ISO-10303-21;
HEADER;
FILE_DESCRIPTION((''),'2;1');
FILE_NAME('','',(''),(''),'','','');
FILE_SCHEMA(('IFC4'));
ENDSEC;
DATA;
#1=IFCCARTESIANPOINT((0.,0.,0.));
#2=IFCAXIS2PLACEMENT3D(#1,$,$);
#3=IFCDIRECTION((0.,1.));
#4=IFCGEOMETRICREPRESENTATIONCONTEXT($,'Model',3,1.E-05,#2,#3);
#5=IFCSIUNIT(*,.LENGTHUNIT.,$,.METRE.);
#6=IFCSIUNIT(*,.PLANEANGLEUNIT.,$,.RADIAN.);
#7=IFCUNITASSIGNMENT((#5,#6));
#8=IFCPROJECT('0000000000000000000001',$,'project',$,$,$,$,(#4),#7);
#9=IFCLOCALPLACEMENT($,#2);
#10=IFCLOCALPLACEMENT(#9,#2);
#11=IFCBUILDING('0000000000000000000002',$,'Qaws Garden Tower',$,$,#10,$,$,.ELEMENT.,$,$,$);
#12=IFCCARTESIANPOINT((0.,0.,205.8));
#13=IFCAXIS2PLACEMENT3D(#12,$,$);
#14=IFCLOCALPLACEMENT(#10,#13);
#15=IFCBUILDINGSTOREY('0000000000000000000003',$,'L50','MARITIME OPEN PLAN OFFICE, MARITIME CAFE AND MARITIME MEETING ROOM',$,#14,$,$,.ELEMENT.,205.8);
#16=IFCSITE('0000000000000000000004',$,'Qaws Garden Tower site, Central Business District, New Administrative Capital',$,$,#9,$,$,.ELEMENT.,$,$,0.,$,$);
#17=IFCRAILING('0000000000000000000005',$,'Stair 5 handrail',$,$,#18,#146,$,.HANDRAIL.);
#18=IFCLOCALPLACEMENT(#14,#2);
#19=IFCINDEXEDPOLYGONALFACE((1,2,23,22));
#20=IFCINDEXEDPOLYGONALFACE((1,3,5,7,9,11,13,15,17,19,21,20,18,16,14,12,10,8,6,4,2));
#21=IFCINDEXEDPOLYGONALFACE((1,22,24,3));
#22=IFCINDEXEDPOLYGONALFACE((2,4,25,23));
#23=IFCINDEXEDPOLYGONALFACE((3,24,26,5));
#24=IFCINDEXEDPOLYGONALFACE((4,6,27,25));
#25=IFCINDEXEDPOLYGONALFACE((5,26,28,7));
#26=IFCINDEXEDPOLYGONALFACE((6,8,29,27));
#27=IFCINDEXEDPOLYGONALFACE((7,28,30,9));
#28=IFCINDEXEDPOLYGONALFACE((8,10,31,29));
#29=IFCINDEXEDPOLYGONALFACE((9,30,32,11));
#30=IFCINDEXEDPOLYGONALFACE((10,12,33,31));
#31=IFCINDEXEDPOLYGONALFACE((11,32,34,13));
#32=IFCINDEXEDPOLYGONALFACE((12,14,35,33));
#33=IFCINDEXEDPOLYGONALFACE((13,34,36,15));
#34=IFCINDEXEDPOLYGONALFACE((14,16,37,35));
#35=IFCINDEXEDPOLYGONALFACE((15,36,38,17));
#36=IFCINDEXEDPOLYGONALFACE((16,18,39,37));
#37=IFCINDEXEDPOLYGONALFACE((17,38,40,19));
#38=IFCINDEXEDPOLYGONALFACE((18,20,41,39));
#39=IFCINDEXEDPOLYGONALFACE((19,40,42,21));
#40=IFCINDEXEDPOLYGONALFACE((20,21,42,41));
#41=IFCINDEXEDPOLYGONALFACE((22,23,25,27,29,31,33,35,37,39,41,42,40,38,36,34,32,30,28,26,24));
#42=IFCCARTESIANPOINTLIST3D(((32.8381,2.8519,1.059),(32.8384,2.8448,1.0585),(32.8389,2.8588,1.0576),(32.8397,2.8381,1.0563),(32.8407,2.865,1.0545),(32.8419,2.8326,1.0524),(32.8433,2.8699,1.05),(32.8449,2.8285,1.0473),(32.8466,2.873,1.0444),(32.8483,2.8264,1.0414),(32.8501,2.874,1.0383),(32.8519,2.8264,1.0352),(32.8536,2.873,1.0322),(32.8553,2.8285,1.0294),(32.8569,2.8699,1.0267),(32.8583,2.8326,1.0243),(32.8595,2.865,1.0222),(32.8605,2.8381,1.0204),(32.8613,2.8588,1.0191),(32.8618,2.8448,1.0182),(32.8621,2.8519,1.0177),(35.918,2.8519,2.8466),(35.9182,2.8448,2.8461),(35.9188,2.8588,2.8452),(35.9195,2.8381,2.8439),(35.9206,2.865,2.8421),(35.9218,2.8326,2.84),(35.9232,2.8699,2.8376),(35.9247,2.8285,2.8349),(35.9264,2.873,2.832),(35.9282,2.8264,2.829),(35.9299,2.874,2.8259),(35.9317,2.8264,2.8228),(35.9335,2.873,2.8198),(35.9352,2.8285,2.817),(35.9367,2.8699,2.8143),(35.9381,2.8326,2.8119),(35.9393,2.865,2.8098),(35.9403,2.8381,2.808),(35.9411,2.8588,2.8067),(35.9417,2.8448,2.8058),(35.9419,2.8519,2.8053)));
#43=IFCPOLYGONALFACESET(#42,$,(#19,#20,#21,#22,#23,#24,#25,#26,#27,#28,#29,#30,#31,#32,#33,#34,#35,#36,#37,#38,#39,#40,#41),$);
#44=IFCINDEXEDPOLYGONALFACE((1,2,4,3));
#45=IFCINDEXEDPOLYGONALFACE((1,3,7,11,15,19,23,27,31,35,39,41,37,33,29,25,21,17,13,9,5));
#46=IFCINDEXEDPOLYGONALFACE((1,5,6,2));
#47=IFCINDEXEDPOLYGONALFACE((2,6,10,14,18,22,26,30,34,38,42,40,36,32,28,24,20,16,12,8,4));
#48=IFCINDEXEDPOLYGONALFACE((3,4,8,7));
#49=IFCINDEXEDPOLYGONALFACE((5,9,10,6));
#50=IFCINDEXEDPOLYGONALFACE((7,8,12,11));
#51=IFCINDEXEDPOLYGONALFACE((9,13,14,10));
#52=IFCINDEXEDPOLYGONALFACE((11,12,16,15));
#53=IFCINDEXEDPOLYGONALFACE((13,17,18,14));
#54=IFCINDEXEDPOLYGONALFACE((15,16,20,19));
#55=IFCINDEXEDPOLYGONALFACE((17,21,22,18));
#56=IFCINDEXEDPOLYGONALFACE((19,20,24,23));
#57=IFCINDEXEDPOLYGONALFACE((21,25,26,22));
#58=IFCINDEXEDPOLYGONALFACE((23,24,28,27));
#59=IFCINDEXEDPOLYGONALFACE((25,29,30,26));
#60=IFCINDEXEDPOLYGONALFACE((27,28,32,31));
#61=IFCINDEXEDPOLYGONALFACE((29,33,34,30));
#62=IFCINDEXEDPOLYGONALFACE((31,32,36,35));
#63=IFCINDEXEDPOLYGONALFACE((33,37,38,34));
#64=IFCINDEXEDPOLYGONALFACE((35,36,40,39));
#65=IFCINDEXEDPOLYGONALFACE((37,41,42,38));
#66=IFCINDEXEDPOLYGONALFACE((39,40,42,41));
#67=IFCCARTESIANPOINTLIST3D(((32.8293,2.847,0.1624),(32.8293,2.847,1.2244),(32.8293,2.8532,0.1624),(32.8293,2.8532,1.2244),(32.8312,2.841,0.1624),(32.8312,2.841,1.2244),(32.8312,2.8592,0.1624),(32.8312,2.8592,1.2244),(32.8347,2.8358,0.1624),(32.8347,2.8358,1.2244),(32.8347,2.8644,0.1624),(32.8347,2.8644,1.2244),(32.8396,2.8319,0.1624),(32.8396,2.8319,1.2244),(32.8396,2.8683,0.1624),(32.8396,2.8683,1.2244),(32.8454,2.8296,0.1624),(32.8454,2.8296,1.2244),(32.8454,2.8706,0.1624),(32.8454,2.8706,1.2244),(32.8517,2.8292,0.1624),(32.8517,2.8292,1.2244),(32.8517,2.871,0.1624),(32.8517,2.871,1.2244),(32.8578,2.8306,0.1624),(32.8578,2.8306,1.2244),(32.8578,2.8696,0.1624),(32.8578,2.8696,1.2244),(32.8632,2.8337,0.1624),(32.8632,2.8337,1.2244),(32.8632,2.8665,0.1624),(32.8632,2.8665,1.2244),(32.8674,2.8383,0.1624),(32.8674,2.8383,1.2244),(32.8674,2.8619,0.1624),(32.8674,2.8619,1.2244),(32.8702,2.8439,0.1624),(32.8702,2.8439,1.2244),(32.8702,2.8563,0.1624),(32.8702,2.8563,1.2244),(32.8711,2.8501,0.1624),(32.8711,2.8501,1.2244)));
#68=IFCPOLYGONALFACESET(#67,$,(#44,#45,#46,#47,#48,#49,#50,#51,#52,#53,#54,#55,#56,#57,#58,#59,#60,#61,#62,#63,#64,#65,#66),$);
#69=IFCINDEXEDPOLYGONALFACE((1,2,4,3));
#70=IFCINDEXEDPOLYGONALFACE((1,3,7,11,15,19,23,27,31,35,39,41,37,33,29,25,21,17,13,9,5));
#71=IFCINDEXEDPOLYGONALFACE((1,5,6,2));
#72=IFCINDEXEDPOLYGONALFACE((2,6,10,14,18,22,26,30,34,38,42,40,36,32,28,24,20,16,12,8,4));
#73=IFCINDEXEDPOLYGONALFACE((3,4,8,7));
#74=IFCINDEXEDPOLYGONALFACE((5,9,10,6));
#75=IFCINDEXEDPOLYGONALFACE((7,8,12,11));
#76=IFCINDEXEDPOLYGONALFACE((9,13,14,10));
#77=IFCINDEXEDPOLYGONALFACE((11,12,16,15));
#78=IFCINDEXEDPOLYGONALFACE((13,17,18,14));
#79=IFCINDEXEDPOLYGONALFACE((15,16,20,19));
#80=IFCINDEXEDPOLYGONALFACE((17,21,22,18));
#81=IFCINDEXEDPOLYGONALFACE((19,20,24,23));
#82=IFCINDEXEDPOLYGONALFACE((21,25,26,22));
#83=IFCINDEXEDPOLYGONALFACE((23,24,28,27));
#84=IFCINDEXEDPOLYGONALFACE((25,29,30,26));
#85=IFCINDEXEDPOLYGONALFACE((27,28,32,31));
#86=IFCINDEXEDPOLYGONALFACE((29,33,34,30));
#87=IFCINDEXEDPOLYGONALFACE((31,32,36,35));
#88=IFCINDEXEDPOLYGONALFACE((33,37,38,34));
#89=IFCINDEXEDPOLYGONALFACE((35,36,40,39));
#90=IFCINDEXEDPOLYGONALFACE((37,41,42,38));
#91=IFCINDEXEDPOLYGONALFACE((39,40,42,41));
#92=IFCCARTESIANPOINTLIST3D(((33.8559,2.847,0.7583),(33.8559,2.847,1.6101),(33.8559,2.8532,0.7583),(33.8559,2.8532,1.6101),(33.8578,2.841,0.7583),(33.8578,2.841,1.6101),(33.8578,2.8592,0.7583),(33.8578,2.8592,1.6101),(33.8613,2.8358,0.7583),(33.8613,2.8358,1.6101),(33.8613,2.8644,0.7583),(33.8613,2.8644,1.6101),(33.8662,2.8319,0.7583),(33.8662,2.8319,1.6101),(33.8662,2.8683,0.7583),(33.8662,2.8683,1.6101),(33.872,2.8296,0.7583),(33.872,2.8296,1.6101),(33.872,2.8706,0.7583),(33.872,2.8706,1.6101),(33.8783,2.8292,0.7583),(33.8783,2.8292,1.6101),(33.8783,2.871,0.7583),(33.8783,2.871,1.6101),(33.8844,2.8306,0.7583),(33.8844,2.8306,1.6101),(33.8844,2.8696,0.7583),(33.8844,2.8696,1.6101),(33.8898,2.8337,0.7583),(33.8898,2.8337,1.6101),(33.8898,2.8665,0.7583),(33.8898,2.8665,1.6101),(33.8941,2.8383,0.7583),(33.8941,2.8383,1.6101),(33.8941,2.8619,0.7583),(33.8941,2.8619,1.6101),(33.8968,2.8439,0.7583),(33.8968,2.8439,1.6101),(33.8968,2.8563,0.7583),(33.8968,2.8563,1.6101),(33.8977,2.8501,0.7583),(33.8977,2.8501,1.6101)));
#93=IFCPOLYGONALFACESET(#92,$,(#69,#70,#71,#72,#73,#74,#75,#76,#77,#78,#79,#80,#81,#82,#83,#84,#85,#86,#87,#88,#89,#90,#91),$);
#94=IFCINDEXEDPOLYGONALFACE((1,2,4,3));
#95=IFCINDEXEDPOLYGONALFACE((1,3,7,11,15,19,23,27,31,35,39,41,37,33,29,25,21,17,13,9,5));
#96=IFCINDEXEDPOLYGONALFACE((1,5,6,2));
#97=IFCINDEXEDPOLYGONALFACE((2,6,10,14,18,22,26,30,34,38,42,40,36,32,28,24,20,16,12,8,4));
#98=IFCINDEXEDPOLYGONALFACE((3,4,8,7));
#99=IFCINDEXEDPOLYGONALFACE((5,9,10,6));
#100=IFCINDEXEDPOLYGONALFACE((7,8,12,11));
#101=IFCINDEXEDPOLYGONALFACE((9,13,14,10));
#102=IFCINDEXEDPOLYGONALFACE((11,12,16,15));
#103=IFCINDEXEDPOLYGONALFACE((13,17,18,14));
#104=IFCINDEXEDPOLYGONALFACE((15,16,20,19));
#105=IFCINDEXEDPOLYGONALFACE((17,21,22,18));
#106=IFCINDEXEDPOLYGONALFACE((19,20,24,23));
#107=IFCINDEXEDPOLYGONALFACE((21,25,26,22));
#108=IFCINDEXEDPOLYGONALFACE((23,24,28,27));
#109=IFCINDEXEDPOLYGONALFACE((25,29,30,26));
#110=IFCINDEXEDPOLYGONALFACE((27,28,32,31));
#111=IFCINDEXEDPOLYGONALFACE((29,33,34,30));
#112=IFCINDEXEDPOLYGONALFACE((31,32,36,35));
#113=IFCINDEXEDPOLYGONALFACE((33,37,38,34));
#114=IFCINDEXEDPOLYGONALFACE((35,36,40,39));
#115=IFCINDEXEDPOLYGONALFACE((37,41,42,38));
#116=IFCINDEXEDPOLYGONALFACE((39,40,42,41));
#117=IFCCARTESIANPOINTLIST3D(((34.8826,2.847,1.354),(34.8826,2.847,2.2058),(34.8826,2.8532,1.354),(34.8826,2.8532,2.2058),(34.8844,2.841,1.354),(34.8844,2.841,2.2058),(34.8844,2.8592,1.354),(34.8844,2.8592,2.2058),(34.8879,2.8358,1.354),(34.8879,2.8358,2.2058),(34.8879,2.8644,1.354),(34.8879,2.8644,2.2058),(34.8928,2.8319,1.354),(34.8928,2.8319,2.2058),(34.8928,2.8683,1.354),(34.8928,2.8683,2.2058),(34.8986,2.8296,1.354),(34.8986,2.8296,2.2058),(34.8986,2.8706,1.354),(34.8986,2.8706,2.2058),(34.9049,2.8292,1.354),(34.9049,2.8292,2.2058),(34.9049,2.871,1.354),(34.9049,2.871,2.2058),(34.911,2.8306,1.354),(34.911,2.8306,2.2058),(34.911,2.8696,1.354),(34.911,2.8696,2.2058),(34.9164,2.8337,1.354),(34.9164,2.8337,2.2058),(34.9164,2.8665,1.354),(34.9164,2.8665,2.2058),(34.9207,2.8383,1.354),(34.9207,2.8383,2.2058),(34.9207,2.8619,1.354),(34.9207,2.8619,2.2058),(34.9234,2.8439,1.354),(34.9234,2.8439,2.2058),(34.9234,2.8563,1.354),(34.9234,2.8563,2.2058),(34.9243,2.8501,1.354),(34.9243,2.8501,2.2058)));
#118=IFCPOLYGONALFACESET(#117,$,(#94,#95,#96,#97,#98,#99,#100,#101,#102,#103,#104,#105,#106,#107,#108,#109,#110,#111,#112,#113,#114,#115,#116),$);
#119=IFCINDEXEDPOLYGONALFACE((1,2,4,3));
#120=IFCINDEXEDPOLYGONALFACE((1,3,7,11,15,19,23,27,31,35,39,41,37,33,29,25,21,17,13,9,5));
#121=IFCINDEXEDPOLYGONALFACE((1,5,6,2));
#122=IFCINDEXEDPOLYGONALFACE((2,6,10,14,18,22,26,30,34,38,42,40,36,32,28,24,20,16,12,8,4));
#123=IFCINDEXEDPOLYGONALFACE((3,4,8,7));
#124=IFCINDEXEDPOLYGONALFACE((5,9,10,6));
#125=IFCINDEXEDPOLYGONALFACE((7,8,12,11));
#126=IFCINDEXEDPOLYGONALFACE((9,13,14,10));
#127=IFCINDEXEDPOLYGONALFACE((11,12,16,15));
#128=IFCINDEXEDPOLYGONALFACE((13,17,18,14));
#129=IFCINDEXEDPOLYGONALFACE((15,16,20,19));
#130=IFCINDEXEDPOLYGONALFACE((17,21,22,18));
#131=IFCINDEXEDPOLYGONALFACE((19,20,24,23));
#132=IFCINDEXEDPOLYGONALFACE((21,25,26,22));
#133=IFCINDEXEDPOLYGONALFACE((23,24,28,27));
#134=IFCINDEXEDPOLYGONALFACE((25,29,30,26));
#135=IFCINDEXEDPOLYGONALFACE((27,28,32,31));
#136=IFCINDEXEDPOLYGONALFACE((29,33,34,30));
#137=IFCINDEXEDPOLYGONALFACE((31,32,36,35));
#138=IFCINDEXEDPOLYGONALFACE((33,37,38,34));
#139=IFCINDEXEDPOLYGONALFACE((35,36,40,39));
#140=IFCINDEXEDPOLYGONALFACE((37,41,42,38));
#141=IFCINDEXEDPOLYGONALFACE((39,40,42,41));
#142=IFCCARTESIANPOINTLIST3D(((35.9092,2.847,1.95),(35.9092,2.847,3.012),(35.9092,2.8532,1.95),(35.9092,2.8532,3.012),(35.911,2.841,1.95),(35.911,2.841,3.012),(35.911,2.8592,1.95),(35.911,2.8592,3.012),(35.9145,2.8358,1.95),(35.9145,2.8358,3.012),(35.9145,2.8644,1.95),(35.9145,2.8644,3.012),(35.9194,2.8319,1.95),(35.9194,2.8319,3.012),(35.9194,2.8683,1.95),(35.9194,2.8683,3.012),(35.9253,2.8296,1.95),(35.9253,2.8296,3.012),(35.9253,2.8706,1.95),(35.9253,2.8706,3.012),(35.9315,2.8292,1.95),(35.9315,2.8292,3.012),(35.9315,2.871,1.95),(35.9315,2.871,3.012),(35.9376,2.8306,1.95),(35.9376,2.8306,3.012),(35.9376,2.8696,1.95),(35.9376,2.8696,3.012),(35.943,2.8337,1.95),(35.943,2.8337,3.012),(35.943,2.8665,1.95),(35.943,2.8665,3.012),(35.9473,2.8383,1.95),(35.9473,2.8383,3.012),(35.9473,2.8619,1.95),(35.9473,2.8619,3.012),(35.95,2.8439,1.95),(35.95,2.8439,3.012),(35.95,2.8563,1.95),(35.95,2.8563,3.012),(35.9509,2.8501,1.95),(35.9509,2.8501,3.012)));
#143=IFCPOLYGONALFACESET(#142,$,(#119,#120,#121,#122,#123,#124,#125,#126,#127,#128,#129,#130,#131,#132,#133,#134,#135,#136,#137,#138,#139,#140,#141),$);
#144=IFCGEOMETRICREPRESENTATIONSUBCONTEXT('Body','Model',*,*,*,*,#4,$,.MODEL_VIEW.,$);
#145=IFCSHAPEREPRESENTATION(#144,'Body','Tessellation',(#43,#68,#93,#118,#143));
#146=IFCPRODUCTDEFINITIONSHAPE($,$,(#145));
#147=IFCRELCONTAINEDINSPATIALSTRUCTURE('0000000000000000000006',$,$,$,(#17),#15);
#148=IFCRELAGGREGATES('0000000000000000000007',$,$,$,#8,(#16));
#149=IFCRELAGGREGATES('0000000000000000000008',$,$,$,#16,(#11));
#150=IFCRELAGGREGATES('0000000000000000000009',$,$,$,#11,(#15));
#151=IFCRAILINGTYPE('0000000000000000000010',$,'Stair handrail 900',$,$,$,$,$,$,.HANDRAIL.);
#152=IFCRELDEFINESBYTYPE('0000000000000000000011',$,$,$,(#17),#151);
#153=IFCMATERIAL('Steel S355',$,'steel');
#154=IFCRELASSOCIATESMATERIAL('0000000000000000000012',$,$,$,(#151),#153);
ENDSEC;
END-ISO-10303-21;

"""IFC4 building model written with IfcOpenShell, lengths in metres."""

from ifc_helpers import new_model, si_unit, direction, frame, origin, origin_2d, place, context, subcontext, project, spatial, circle, extrude, material, type_object, element, save


model = new_model("IFC4")

# Units and contexts
model_context = context("Model", 3, precision=1e-05, world=origin(), true_north=direction((0.0, 1.0)))
body_context = subcontext(model_context, "Body", "Model", "MODEL_VIEW")
ifc_project = project(units=[si_unit("LENGTHUNIT", "METRE"), si_unit("PLANEANGLEUNIT", "RADIAN")], contexts=[model_context])

# Site, building, storey
site_placement = place(None, origin())
site = spatial("IfcSite", under=ifc_project, at=site_placement, Name="Qaws Garden Tower site, Central Business District, New Administrative Capital", CompositionType="ELEMENT", RefElevation=0.0)
building_placement = place(site_placement, origin())
building = spatial("IfcBuilding", under=site, at=building_placement, Name="Qaws Garden Tower", CompositionType="ELEMENT")
storey_placement = place(building_placement, frame((0.0, 0.0, 205.8)))
storey = spatial("IfcBuildingStorey", under=building, at=storey_placement, Name="L50", Description="MARITIME OPEN PLAN OFFICE, MARITIME CAFE AND MARITIME MEETING ROOM", CompositionType="ELEMENT", Elevation=205.8)

# Railing
ifc_material_1 = material(Name="Steel S355", Category="steel")
railing_type = type_object("IfcRailingType", Name="Stair handrail 900", PredefinedType="HANDRAIL", material=ifc_material_1)
railing_placement = place(storey_placement, frame((32.8501, 2.8501, 0.1624)))
element("IfcRailing", 1, at=railing_placement, inside=storey, type_object=railing_type, Name="Stair 5 handrail", PredefinedType="HANDRAIL", context=body_context, shape_type="SweptSolid", body=[
    extrude(circle(Radius=0.0239, at=origin_2d()), frame((0.0, 0.0, 0.876), z_axis=(0.864873, 0.0, 0.50199), x_axis=(0.0, 1.0, 0.0)), (0.0, 0.0, 1.0), 3.561),
    extrude(circle(Radius=0.021, at=origin_2d()), origin(), (0.0, 0.0, 1.0), 1.062),
    extrude(circle(Radius=0.021, at=origin_2d()), frame((1.0266, 0.0, 0.5959)), (0.0, 0.0, 1.0), 0.8518),
    extrude(circle(Radius=0.021, at=origin_2d()), frame((2.0532, 0.0, 1.1917)), (0.0, 0.0, 1.0), 0.8518),
    extrude(circle(Radius=0.021, at=origin_2d()), frame((3.0798, 0.0, 1.7876)), (0.0, 0.0, 1.0), 1.062),
])

save(model, "model.ifc")
